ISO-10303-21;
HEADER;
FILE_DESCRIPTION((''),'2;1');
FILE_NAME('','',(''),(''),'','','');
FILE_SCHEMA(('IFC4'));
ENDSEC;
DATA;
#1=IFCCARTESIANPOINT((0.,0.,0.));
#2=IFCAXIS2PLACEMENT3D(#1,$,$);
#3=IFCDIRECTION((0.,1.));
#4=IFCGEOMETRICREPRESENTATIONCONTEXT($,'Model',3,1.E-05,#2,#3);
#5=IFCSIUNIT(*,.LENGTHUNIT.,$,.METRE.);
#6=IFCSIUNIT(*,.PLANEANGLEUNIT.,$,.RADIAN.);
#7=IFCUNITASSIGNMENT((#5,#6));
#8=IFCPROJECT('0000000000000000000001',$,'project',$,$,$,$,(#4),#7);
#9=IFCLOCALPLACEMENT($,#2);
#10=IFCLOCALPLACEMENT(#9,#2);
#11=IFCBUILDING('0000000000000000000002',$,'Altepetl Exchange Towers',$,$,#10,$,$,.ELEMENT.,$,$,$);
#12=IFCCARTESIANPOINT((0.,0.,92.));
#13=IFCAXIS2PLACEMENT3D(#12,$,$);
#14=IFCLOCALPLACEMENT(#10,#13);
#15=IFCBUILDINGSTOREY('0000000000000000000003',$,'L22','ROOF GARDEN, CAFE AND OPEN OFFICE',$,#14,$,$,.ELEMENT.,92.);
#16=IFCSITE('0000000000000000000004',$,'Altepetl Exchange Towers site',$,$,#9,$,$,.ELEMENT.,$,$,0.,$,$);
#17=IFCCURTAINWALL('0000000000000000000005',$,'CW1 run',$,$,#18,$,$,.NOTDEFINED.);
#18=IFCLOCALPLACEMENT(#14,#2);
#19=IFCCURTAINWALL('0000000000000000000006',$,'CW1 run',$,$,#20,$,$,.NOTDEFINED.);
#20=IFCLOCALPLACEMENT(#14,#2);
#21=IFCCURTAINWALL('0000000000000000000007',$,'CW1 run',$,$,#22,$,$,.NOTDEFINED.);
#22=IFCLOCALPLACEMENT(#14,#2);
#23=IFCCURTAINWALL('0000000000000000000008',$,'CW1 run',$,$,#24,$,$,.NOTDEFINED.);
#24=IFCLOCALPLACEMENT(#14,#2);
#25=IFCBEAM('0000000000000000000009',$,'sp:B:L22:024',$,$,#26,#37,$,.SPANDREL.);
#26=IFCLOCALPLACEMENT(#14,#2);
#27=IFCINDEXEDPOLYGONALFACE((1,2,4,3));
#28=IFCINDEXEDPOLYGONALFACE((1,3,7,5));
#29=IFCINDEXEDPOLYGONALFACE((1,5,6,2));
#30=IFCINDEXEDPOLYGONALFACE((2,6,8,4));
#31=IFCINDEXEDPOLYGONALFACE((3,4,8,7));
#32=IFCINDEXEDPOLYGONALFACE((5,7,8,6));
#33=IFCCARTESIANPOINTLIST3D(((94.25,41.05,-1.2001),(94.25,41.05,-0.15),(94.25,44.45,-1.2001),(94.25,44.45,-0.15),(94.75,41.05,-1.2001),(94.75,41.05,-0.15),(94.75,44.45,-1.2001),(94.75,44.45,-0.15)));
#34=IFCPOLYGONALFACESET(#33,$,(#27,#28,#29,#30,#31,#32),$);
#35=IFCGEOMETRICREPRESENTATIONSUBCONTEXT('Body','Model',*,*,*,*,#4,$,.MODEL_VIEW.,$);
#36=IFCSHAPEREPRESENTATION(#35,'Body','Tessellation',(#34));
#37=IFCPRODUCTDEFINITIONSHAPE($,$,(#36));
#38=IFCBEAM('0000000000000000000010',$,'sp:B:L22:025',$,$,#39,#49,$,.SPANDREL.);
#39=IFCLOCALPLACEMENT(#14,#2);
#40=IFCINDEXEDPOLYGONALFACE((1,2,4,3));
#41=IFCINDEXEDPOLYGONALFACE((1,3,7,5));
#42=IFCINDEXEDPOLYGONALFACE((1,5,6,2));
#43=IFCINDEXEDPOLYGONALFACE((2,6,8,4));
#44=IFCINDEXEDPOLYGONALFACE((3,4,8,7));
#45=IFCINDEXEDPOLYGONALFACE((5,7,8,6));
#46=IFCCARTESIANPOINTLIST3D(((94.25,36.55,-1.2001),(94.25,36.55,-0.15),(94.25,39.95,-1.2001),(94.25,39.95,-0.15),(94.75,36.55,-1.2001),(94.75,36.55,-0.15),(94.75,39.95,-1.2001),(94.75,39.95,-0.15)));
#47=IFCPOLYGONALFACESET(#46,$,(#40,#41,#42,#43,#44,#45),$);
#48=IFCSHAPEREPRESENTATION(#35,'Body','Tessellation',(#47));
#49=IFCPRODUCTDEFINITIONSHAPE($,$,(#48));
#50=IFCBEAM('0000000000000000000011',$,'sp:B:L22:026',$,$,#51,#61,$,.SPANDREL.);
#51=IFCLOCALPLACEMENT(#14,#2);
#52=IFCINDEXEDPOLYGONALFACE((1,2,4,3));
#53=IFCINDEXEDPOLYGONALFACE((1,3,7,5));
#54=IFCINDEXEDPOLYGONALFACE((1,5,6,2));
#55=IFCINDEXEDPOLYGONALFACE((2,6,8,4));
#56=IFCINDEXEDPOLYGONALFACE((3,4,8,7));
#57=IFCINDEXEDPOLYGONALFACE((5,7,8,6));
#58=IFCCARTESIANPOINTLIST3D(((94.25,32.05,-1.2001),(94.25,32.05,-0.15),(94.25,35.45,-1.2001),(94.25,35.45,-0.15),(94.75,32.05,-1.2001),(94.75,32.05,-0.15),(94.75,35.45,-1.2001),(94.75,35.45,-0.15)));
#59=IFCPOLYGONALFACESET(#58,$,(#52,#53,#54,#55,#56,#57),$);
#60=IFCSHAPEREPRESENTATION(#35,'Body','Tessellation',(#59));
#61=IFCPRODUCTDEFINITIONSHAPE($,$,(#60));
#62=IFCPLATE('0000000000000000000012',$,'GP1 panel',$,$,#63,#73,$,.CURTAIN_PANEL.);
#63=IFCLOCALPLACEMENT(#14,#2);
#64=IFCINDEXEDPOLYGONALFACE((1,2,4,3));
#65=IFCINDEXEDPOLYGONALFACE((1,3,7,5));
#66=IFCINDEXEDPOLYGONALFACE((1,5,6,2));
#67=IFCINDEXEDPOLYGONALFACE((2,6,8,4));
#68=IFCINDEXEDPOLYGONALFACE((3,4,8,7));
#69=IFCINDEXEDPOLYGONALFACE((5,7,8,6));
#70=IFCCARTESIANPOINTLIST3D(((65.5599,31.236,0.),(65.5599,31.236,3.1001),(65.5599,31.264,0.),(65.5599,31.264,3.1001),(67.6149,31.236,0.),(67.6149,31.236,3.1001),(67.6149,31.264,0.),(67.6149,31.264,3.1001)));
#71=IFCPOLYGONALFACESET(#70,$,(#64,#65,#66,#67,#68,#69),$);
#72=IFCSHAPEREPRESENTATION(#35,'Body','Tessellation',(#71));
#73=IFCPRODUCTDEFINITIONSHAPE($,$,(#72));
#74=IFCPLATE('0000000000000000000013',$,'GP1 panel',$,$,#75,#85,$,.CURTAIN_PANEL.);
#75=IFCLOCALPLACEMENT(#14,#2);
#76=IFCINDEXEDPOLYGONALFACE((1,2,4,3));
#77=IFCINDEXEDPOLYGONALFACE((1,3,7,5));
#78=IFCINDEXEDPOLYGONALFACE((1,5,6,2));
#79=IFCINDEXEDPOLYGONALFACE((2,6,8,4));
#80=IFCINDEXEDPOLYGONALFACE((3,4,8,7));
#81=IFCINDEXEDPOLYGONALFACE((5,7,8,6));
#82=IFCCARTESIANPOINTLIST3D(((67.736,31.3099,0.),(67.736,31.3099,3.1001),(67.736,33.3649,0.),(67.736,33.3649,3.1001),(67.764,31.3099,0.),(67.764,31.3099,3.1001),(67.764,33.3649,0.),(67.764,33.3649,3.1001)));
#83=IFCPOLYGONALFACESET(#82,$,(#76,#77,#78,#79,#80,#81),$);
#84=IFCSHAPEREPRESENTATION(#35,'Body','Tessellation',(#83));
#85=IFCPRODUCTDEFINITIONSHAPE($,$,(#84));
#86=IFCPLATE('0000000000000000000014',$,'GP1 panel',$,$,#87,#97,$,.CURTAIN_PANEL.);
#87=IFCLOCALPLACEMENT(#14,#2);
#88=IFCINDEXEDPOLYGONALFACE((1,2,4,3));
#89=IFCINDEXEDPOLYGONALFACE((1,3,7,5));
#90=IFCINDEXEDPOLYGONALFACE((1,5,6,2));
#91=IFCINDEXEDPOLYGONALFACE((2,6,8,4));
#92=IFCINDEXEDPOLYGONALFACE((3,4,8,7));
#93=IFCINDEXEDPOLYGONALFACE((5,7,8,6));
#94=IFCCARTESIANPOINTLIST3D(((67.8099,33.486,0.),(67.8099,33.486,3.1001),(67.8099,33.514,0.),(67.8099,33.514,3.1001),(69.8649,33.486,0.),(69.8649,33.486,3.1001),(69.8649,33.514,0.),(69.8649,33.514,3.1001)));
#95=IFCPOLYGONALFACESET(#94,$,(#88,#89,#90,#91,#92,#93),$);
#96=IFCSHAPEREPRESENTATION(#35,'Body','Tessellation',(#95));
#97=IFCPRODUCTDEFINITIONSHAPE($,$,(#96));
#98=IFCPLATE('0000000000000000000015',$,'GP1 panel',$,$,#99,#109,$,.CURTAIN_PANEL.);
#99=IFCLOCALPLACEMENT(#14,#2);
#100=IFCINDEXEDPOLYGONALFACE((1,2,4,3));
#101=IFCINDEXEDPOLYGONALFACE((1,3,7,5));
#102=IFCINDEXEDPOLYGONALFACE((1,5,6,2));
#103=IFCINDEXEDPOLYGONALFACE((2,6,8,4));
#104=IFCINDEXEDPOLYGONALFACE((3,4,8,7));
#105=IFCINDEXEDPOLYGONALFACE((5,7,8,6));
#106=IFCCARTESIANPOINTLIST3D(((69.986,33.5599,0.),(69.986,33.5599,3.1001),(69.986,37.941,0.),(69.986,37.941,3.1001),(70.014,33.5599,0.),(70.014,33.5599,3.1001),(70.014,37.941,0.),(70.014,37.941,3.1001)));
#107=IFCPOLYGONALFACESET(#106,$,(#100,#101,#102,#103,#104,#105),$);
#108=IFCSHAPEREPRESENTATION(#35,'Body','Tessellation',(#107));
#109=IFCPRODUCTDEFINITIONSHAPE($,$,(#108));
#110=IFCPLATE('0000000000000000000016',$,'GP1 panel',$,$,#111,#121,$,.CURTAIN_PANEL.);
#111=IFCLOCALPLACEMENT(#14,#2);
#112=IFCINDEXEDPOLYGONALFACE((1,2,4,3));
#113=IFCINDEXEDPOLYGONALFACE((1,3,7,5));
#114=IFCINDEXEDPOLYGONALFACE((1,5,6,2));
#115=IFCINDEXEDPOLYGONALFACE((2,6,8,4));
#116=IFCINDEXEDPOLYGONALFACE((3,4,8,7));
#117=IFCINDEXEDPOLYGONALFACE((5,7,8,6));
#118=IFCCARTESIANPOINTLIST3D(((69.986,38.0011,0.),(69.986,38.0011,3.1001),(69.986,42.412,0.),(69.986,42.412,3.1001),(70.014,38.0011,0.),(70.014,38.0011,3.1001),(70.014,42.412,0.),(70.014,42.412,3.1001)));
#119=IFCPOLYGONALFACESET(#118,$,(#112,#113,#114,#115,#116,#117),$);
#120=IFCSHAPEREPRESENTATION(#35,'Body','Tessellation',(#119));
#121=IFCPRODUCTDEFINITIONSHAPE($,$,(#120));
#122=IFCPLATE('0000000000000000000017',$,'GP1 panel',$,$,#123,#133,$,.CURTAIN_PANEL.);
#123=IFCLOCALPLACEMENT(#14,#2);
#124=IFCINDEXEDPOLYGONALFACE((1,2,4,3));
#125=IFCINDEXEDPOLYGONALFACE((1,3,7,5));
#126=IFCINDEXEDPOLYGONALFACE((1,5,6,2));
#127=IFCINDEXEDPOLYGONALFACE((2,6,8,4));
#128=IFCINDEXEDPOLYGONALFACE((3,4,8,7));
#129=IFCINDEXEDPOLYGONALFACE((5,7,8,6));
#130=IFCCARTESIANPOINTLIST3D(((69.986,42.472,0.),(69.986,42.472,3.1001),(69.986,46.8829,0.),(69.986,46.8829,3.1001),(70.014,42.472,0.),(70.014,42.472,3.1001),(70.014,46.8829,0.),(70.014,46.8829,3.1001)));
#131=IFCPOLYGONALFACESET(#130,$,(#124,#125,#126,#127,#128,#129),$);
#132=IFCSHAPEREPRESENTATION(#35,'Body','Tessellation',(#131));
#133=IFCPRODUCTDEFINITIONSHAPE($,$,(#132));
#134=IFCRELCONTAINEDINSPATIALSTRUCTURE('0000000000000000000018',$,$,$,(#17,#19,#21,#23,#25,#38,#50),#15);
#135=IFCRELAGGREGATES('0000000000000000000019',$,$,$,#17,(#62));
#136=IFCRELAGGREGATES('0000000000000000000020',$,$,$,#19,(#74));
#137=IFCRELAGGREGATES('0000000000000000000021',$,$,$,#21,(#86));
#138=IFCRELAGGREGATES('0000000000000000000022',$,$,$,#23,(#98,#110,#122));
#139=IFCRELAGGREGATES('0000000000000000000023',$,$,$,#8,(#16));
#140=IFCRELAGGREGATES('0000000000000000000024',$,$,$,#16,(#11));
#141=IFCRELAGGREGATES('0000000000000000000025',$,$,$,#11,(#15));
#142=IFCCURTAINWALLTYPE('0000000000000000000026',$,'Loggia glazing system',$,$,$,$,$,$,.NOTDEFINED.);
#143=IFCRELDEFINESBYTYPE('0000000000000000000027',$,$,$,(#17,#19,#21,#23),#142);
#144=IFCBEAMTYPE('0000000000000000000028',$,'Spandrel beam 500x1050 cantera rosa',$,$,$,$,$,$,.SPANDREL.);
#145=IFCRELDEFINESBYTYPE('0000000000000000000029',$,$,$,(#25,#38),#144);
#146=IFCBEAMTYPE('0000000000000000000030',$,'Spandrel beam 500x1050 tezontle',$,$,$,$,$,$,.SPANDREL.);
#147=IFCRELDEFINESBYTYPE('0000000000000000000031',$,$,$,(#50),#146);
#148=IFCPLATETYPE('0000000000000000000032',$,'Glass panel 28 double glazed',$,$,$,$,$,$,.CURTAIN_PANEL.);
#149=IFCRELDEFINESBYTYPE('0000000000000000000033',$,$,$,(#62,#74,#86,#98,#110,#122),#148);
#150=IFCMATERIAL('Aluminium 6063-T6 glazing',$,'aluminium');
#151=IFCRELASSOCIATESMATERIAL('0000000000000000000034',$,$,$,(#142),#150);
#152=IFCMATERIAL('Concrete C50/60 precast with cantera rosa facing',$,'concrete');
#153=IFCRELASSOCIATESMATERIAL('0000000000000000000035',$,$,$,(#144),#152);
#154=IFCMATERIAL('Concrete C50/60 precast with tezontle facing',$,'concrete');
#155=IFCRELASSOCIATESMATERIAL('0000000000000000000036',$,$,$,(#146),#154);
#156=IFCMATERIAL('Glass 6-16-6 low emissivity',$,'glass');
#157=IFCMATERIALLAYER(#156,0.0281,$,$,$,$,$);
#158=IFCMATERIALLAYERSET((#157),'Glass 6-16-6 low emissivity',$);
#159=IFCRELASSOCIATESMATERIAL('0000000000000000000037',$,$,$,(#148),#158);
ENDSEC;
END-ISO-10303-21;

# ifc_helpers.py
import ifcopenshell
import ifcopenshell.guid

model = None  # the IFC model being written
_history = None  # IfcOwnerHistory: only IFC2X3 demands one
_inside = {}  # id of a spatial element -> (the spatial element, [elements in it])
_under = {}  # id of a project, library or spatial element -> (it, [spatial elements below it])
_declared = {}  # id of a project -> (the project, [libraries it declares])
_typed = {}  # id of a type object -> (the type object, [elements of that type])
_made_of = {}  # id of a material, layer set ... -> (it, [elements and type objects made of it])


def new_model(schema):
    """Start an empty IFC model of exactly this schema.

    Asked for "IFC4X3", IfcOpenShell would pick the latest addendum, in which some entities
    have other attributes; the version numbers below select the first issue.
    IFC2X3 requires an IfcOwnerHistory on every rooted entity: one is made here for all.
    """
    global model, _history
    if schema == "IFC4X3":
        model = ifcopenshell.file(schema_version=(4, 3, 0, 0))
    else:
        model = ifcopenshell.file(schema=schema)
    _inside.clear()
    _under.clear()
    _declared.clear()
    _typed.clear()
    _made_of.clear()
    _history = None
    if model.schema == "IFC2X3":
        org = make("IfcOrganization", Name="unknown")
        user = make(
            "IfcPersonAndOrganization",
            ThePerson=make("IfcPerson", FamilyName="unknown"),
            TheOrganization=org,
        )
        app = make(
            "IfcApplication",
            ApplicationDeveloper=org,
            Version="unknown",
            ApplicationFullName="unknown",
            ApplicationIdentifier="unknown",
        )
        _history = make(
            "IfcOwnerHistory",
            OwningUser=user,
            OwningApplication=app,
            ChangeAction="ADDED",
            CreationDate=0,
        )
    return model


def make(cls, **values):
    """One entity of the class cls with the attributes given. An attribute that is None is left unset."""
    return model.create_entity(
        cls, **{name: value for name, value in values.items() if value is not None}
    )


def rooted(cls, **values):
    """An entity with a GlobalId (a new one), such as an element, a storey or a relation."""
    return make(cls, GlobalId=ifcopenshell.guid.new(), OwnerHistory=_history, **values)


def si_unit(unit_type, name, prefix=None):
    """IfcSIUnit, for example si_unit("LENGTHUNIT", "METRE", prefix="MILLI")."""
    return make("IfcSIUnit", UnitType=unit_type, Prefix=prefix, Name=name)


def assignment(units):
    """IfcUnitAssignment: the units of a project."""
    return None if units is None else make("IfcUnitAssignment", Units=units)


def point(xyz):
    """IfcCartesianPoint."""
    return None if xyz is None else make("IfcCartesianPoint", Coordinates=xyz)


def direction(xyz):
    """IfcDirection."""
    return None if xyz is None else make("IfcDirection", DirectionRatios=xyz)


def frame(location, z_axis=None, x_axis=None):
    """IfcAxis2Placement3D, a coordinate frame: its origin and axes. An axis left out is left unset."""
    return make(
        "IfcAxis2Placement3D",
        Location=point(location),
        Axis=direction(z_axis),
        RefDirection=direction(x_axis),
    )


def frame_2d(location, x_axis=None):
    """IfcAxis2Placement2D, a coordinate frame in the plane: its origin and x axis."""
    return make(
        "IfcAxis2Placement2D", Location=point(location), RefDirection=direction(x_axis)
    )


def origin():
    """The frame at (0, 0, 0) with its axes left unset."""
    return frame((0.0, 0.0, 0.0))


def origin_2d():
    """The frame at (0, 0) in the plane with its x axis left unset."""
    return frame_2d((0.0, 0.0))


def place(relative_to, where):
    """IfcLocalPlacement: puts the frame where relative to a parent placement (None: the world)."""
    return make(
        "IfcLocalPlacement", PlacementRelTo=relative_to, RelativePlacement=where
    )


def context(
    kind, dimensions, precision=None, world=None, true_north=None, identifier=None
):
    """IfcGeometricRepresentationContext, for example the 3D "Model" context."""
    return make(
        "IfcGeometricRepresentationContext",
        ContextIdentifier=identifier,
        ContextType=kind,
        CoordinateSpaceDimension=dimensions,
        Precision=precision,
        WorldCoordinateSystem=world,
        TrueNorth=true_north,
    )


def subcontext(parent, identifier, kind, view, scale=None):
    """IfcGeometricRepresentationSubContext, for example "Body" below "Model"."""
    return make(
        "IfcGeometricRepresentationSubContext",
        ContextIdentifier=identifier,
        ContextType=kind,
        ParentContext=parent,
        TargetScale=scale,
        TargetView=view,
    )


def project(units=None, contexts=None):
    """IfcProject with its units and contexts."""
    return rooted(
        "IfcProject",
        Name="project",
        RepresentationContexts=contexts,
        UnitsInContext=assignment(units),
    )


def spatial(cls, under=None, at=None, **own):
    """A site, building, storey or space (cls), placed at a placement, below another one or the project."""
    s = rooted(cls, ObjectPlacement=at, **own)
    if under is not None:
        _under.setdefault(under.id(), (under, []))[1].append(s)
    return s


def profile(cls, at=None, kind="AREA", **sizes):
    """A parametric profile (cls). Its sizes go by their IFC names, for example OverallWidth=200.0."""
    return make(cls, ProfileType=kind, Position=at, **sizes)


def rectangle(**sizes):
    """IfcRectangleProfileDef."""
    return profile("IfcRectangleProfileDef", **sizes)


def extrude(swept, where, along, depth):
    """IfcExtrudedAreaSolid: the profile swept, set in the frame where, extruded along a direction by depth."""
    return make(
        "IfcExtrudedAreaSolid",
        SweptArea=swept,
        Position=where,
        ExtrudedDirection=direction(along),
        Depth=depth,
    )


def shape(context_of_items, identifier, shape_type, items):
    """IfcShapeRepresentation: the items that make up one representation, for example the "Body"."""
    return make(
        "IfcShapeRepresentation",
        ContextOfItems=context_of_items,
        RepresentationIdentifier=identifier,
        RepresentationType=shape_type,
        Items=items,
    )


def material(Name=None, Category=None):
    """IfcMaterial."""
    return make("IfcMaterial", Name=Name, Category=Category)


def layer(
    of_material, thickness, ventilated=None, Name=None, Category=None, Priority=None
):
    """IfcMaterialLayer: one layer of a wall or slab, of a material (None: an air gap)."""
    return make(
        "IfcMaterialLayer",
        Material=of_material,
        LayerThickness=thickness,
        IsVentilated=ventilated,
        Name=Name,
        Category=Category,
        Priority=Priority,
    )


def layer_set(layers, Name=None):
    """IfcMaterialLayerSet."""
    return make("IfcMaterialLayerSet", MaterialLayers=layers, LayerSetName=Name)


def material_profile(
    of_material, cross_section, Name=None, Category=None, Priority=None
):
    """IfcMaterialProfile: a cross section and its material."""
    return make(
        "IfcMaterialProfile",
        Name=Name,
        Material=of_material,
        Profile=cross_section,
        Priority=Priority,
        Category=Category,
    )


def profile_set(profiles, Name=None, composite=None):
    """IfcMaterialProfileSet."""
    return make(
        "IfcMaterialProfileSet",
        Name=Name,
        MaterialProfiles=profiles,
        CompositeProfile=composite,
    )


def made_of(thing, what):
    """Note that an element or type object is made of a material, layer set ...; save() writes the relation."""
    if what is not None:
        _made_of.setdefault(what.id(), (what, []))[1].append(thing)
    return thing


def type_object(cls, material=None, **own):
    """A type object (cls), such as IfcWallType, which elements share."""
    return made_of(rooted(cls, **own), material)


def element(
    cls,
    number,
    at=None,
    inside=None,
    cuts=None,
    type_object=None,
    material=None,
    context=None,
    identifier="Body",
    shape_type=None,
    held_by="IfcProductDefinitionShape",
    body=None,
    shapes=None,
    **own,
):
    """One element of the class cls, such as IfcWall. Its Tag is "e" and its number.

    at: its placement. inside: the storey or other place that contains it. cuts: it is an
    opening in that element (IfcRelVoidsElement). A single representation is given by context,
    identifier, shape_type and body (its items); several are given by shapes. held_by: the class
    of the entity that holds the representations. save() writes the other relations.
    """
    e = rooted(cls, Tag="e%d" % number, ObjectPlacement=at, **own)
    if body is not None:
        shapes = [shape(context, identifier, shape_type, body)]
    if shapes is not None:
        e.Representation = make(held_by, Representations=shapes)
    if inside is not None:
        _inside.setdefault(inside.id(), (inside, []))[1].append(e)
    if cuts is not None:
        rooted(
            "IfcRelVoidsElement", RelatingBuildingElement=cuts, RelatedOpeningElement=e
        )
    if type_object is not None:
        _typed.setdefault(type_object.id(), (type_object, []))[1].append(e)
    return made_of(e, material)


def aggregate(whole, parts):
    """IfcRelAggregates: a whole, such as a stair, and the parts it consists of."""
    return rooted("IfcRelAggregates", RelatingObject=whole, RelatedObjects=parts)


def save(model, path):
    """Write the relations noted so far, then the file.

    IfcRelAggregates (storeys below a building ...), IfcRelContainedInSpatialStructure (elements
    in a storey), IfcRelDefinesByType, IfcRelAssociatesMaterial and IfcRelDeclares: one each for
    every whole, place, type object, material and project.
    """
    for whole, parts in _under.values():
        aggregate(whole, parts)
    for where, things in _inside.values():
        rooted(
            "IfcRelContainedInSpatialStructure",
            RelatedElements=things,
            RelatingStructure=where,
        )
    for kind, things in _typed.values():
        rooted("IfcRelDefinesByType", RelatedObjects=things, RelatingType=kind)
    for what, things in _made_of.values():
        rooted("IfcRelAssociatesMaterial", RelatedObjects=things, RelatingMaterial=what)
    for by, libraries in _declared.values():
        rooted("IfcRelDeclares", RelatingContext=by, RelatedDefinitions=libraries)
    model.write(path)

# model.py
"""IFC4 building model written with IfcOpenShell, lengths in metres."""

from ifc_helpers import new_model, si_unit, direction, frame, origin, origin_2d, place, context, subcontext, project, spatial, rectangle, extrude, material, layer, layer_set, material_profile, profile_set, type_object, element, aggregate, save


model = new_model("IFC4")

# Units and contexts
model_context = context("Model", 3, precision=1e-05, world=origin(), true_north=direction((0.0, 1.0)))
body_context = subcontext(model_context, "Body", "Model", "MODEL_VIEW")
ifc_project = project(units=[si_unit("LENGTHUNIT", "METRE"), si_unit("PLANEANGLEUNIT", "RADIAN")], contexts=[model_context])

# Site, building, storey
site_placement = place(None, origin())
site = spatial("IfcSite", under=ifc_project, at=site_placement, Name="Altepetl Exchange Towers site", CompositionType="ELEMENT", RefElevation=0.0)
building_placement = place(site_placement, origin())
building = spatial("IfcBuilding", under=site, at=building_placement, Name="Altepetl Exchange Towers", CompositionType="ELEMENT")
storey_placement = place(building_placement, frame((0.0, 0.0, 92.0)))
storey = spatial("IfcBuildingStorey", under=building, at=storey_placement, Name="L22", Description="ROOF GARDEN, CAFE AND OPEN OFFICE", CompositionType="ELEMENT", Elevation=92.0)

# Curtain walls
ifc_material_1 = material(Name="Aluminium 6063-T6 glazing", Category="aluminium")
curtain_wall_type = type_object("IfcCurtainWallType", Name="Loggia glazing system", PredefinedType="NOTDEFINED", material=ifc_material_1)
curtain_wall_1_placement = place(storey_placement, origin())
curtain_wall_1 = element("IfcCurtainWall", 1, at=curtain_wall_1_placement, inside=storey, type_object=curtain_wall_type, Name="CW1 run", PredefinedType="NOTDEFINED")
curtain_wall_2_placement = place(storey_placement, origin())
curtain_wall_2 = element("IfcCurtainWall", 2, at=curtain_wall_2_placement, inside=storey, type_object=curtain_wall_type, Name="CW1 run", PredefinedType="NOTDEFINED")
curtain_wall_3_placement = place(storey_placement, origin())
curtain_wall_3 = element("IfcCurtainWall", 3, at=curtain_wall_3_placement, inside=storey, type_object=curtain_wall_type, Name="CW1 run", PredefinedType="NOTDEFINED")
curtain_wall_4_placement = place(storey_placement, origin())
curtain_wall_4 = element("IfcCurtainWall", 4, at=curtain_wall_4_placement, inside=storey, type_object=curtain_wall_type, Name="CW1 run", PredefinedType="NOTDEFINED")

# Beams
ifc_material_2 = material(Name="Concrete C50/60 precast with cantera rosa facing", Category="concrete")
ifc_material_profile_1 = material_profile(ifc_material_2, rectangle(XDim=0.5, YDim=1.05, at=origin_2d()), Name="500 x 1050")
ifc_profile_set_1 = profile_set([ifc_material_profile_1], Name="Concrete C50/60 precast with cantera rosa facing")
beam_type_1 = type_object("IfcBeamType", Name="Spandrel beam 500x1050 cantera rosa", PredefinedType="SPANDREL", material=ifc_profile_set_1)
for number, where, z_axis, x_axis, name in (
    (5, (94.5, 44.45, -0.675), (0.0, -1.0, 0.0), (1.0, 0.0, 0.0), "sp:B:L22:024"),
    (6, (94.5, 39.95, -0.675), (0.0, -1.0, 0.0), (1.0, 0.0, 0.0), "sp:B:L22:025"),
):
    element("IfcBeam", number, at=place(storey_placement, frame(where, z_axis=z_axis, x_axis=x_axis)), inside=storey, type_object=beam_type_1, Name=name, PredefinedType="SPANDREL", context=body_context, shape_type="SweptSolid", body=[
        extrude(rectangle(XDim=0.5, YDim=1.05, at=origin_2d()), origin(), (0.0, 0.0, 1.0), 3.3999),
    ])
ifc_material_3 = material(Name="Concrete C50/60 precast with tezontle facing", Category="concrete")
ifc_material_profile_2 = material_profile(ifc_material_3, rectangle(XDim=0.5, YDim=1.05, at=origin_2d()), Name="500 x 1050")
ifc_profile_set_2 = profile_set([ifc_material_profile_2], Name="Concrete C50/60 precast with tezontle facing")
beam_type_2 = type_object("IfcBeamType", Name="Spandrel beam 500x1050 tezontle", PredefinedType="SPANDREL", material=ifc_profile_set_2)
beam_1_placement = place(storey_placement, frame((94.5, 35.45, -0.675), z_axis=(0.0, -1.0, 0.0), x_axis=(1.0, 0.0, 0.0)))
element("IfcBeam", 7, at=beam_1_placement, inside=storey, type_object=beam_type_2, Name="sp:B:L22:026", PredefinedType="SPANDREL", context=body_context, shape_type="SweptSolid", body=[
    extrude(rectangle(XDim=0.5, YDim=1.05, at=origin_2d()), origin(), (0.0, 0.0, 1.0), 3.3999),
])

# Plates
ifc_material_4 = material(Name="Glass 6-16-6 low emissivity", Category="glass")
ifc_layer = layer(ifc_material_4, 0.0281)
ifc_layer_set = layer_set([ifc_layer], Name="Glass 6-16-6 low emissivity")
plate_type = type_object("IfcPlateType", Name="Glass panel 28 double glazed", PredefinedType="CURTAIN_PANEL", material=ifc_layer_set)
plate_1_placement = place(storey_placement, frame((66.5874, 31.25, 0.0)))
plate_1 = element("IfcPlate", 8, at=plate_1_placement, type_object=plate_type, Name="GP1 panel", PredefinedType="CURTAIN_PANEL", context=body_context, shape_type="SweptSolid", body=[
    extrude(rectangle(XDim=2.0549, YDim=0.0281, at=origin_2d()), origin(), (0.0, 0.0, 1.0), 3.1001),
])
aggregate(curtain_wall_1, [plate_1])
plate_2_placement = place(storey_placement, frame((67.75, 32.3374, 0.0), z_axis=(0.0, 0.0, 1.0), x_axis=(0.0, 1.0, 0.0)))
plate_2 = element("IfcPlate", 9, at=plate_2_placement, type_object=plate_type, Name="GP1 panel", PredefinedType="CURTAIN_PANEL", context=body_context, shape_type="SweptSolid", body=[
    extrude(rectangle(XDim=2.0549, YDim=0.0281, at=origin_2d()), origin(), (0.0, 0.0, 1.0), 3.1001),
])
aggregate(curtain_wall_2, [plate_2])
plate_3_placement = place(storey_placement, frame((68.8374, 33.5, 0.0)))
plate_3 = element("IfcPlate", 10, at=plate_3_placement, type_object=plate_type, Name="GP1 panel", PredefinedType="CURTAIN_PANEL", context=body_context, shape_type="SweptSolid", body=[
    extrude(rectangle(XDim=2.0549, YDim=0.0281, at=origin_2d()), origin(), (0.0, 0.0, 1.0), 3.1001),
])
aggregate(curtain_wall_3, [plate_3])
plate_4_placement = place(storey_placement, frame((70.0, 35.7505, 0.0), z_axis=(0.0, 0.0, 1.0), x_axis=(0.0, 1.0, 0.0)))
plate_4 = element("IfcPlate", 11, at=plate_4_placement, type_object=plate_type, Name="GP1 panel", PredefinedType="CURTAIN_PANEL", context=body_context, shape_type="SweptSolid", body=[
    extrude(rectangle(XDim=4.3811, YDim=0.0281, at=origin_2d()), origin(), (0.0, 0.0, 1.0), 3.1001),
])
plate_5_placement = place(storey_placement, frame((70.0, 40.2065, 0.0), z_axis=(0.0, 0.0, 1.0), x_axis=(0.0, 1.0, 0.0)))
plate_5 = element("IfcPlate", 12, at=plate_5_placement, type_object=plate_type, Name="GP1 panel", PredefinedType="CURTAIN_PANEL", context=body_context, shape_type="SweptSolid", body=[
    extrude(rectangle(XDim=4.4109, YDim=0.0281, at=origin_2d()), origin(), (0.0, 0.0, 1.0), 3.1001),
])
plate_6_placement = place(storey_placement, frame((70.0, 44.6775, 0.0), z_axis=(0.0, 0.0, 1.0), x_axis=(0.0, 1.0, 0.0)))
plate_6 = element("IfcPlate", 13, at=plate_6_placement, type_object=plate_type, Name="GP1 panel", PredefinedType="CURTAIN_PANEL", context=body_context, shape_type="SweptSolid", body=[
    extrude(rectangle(XDim=4.4109, YDim=0.0281, at=origin_2d()), origin(), (0.0, 0.0, 1.0), 3.1001),
])
aggregate(curtain_wall_4, [plate_4, plate_5, plate_6])

save(model, "model.ifc")
